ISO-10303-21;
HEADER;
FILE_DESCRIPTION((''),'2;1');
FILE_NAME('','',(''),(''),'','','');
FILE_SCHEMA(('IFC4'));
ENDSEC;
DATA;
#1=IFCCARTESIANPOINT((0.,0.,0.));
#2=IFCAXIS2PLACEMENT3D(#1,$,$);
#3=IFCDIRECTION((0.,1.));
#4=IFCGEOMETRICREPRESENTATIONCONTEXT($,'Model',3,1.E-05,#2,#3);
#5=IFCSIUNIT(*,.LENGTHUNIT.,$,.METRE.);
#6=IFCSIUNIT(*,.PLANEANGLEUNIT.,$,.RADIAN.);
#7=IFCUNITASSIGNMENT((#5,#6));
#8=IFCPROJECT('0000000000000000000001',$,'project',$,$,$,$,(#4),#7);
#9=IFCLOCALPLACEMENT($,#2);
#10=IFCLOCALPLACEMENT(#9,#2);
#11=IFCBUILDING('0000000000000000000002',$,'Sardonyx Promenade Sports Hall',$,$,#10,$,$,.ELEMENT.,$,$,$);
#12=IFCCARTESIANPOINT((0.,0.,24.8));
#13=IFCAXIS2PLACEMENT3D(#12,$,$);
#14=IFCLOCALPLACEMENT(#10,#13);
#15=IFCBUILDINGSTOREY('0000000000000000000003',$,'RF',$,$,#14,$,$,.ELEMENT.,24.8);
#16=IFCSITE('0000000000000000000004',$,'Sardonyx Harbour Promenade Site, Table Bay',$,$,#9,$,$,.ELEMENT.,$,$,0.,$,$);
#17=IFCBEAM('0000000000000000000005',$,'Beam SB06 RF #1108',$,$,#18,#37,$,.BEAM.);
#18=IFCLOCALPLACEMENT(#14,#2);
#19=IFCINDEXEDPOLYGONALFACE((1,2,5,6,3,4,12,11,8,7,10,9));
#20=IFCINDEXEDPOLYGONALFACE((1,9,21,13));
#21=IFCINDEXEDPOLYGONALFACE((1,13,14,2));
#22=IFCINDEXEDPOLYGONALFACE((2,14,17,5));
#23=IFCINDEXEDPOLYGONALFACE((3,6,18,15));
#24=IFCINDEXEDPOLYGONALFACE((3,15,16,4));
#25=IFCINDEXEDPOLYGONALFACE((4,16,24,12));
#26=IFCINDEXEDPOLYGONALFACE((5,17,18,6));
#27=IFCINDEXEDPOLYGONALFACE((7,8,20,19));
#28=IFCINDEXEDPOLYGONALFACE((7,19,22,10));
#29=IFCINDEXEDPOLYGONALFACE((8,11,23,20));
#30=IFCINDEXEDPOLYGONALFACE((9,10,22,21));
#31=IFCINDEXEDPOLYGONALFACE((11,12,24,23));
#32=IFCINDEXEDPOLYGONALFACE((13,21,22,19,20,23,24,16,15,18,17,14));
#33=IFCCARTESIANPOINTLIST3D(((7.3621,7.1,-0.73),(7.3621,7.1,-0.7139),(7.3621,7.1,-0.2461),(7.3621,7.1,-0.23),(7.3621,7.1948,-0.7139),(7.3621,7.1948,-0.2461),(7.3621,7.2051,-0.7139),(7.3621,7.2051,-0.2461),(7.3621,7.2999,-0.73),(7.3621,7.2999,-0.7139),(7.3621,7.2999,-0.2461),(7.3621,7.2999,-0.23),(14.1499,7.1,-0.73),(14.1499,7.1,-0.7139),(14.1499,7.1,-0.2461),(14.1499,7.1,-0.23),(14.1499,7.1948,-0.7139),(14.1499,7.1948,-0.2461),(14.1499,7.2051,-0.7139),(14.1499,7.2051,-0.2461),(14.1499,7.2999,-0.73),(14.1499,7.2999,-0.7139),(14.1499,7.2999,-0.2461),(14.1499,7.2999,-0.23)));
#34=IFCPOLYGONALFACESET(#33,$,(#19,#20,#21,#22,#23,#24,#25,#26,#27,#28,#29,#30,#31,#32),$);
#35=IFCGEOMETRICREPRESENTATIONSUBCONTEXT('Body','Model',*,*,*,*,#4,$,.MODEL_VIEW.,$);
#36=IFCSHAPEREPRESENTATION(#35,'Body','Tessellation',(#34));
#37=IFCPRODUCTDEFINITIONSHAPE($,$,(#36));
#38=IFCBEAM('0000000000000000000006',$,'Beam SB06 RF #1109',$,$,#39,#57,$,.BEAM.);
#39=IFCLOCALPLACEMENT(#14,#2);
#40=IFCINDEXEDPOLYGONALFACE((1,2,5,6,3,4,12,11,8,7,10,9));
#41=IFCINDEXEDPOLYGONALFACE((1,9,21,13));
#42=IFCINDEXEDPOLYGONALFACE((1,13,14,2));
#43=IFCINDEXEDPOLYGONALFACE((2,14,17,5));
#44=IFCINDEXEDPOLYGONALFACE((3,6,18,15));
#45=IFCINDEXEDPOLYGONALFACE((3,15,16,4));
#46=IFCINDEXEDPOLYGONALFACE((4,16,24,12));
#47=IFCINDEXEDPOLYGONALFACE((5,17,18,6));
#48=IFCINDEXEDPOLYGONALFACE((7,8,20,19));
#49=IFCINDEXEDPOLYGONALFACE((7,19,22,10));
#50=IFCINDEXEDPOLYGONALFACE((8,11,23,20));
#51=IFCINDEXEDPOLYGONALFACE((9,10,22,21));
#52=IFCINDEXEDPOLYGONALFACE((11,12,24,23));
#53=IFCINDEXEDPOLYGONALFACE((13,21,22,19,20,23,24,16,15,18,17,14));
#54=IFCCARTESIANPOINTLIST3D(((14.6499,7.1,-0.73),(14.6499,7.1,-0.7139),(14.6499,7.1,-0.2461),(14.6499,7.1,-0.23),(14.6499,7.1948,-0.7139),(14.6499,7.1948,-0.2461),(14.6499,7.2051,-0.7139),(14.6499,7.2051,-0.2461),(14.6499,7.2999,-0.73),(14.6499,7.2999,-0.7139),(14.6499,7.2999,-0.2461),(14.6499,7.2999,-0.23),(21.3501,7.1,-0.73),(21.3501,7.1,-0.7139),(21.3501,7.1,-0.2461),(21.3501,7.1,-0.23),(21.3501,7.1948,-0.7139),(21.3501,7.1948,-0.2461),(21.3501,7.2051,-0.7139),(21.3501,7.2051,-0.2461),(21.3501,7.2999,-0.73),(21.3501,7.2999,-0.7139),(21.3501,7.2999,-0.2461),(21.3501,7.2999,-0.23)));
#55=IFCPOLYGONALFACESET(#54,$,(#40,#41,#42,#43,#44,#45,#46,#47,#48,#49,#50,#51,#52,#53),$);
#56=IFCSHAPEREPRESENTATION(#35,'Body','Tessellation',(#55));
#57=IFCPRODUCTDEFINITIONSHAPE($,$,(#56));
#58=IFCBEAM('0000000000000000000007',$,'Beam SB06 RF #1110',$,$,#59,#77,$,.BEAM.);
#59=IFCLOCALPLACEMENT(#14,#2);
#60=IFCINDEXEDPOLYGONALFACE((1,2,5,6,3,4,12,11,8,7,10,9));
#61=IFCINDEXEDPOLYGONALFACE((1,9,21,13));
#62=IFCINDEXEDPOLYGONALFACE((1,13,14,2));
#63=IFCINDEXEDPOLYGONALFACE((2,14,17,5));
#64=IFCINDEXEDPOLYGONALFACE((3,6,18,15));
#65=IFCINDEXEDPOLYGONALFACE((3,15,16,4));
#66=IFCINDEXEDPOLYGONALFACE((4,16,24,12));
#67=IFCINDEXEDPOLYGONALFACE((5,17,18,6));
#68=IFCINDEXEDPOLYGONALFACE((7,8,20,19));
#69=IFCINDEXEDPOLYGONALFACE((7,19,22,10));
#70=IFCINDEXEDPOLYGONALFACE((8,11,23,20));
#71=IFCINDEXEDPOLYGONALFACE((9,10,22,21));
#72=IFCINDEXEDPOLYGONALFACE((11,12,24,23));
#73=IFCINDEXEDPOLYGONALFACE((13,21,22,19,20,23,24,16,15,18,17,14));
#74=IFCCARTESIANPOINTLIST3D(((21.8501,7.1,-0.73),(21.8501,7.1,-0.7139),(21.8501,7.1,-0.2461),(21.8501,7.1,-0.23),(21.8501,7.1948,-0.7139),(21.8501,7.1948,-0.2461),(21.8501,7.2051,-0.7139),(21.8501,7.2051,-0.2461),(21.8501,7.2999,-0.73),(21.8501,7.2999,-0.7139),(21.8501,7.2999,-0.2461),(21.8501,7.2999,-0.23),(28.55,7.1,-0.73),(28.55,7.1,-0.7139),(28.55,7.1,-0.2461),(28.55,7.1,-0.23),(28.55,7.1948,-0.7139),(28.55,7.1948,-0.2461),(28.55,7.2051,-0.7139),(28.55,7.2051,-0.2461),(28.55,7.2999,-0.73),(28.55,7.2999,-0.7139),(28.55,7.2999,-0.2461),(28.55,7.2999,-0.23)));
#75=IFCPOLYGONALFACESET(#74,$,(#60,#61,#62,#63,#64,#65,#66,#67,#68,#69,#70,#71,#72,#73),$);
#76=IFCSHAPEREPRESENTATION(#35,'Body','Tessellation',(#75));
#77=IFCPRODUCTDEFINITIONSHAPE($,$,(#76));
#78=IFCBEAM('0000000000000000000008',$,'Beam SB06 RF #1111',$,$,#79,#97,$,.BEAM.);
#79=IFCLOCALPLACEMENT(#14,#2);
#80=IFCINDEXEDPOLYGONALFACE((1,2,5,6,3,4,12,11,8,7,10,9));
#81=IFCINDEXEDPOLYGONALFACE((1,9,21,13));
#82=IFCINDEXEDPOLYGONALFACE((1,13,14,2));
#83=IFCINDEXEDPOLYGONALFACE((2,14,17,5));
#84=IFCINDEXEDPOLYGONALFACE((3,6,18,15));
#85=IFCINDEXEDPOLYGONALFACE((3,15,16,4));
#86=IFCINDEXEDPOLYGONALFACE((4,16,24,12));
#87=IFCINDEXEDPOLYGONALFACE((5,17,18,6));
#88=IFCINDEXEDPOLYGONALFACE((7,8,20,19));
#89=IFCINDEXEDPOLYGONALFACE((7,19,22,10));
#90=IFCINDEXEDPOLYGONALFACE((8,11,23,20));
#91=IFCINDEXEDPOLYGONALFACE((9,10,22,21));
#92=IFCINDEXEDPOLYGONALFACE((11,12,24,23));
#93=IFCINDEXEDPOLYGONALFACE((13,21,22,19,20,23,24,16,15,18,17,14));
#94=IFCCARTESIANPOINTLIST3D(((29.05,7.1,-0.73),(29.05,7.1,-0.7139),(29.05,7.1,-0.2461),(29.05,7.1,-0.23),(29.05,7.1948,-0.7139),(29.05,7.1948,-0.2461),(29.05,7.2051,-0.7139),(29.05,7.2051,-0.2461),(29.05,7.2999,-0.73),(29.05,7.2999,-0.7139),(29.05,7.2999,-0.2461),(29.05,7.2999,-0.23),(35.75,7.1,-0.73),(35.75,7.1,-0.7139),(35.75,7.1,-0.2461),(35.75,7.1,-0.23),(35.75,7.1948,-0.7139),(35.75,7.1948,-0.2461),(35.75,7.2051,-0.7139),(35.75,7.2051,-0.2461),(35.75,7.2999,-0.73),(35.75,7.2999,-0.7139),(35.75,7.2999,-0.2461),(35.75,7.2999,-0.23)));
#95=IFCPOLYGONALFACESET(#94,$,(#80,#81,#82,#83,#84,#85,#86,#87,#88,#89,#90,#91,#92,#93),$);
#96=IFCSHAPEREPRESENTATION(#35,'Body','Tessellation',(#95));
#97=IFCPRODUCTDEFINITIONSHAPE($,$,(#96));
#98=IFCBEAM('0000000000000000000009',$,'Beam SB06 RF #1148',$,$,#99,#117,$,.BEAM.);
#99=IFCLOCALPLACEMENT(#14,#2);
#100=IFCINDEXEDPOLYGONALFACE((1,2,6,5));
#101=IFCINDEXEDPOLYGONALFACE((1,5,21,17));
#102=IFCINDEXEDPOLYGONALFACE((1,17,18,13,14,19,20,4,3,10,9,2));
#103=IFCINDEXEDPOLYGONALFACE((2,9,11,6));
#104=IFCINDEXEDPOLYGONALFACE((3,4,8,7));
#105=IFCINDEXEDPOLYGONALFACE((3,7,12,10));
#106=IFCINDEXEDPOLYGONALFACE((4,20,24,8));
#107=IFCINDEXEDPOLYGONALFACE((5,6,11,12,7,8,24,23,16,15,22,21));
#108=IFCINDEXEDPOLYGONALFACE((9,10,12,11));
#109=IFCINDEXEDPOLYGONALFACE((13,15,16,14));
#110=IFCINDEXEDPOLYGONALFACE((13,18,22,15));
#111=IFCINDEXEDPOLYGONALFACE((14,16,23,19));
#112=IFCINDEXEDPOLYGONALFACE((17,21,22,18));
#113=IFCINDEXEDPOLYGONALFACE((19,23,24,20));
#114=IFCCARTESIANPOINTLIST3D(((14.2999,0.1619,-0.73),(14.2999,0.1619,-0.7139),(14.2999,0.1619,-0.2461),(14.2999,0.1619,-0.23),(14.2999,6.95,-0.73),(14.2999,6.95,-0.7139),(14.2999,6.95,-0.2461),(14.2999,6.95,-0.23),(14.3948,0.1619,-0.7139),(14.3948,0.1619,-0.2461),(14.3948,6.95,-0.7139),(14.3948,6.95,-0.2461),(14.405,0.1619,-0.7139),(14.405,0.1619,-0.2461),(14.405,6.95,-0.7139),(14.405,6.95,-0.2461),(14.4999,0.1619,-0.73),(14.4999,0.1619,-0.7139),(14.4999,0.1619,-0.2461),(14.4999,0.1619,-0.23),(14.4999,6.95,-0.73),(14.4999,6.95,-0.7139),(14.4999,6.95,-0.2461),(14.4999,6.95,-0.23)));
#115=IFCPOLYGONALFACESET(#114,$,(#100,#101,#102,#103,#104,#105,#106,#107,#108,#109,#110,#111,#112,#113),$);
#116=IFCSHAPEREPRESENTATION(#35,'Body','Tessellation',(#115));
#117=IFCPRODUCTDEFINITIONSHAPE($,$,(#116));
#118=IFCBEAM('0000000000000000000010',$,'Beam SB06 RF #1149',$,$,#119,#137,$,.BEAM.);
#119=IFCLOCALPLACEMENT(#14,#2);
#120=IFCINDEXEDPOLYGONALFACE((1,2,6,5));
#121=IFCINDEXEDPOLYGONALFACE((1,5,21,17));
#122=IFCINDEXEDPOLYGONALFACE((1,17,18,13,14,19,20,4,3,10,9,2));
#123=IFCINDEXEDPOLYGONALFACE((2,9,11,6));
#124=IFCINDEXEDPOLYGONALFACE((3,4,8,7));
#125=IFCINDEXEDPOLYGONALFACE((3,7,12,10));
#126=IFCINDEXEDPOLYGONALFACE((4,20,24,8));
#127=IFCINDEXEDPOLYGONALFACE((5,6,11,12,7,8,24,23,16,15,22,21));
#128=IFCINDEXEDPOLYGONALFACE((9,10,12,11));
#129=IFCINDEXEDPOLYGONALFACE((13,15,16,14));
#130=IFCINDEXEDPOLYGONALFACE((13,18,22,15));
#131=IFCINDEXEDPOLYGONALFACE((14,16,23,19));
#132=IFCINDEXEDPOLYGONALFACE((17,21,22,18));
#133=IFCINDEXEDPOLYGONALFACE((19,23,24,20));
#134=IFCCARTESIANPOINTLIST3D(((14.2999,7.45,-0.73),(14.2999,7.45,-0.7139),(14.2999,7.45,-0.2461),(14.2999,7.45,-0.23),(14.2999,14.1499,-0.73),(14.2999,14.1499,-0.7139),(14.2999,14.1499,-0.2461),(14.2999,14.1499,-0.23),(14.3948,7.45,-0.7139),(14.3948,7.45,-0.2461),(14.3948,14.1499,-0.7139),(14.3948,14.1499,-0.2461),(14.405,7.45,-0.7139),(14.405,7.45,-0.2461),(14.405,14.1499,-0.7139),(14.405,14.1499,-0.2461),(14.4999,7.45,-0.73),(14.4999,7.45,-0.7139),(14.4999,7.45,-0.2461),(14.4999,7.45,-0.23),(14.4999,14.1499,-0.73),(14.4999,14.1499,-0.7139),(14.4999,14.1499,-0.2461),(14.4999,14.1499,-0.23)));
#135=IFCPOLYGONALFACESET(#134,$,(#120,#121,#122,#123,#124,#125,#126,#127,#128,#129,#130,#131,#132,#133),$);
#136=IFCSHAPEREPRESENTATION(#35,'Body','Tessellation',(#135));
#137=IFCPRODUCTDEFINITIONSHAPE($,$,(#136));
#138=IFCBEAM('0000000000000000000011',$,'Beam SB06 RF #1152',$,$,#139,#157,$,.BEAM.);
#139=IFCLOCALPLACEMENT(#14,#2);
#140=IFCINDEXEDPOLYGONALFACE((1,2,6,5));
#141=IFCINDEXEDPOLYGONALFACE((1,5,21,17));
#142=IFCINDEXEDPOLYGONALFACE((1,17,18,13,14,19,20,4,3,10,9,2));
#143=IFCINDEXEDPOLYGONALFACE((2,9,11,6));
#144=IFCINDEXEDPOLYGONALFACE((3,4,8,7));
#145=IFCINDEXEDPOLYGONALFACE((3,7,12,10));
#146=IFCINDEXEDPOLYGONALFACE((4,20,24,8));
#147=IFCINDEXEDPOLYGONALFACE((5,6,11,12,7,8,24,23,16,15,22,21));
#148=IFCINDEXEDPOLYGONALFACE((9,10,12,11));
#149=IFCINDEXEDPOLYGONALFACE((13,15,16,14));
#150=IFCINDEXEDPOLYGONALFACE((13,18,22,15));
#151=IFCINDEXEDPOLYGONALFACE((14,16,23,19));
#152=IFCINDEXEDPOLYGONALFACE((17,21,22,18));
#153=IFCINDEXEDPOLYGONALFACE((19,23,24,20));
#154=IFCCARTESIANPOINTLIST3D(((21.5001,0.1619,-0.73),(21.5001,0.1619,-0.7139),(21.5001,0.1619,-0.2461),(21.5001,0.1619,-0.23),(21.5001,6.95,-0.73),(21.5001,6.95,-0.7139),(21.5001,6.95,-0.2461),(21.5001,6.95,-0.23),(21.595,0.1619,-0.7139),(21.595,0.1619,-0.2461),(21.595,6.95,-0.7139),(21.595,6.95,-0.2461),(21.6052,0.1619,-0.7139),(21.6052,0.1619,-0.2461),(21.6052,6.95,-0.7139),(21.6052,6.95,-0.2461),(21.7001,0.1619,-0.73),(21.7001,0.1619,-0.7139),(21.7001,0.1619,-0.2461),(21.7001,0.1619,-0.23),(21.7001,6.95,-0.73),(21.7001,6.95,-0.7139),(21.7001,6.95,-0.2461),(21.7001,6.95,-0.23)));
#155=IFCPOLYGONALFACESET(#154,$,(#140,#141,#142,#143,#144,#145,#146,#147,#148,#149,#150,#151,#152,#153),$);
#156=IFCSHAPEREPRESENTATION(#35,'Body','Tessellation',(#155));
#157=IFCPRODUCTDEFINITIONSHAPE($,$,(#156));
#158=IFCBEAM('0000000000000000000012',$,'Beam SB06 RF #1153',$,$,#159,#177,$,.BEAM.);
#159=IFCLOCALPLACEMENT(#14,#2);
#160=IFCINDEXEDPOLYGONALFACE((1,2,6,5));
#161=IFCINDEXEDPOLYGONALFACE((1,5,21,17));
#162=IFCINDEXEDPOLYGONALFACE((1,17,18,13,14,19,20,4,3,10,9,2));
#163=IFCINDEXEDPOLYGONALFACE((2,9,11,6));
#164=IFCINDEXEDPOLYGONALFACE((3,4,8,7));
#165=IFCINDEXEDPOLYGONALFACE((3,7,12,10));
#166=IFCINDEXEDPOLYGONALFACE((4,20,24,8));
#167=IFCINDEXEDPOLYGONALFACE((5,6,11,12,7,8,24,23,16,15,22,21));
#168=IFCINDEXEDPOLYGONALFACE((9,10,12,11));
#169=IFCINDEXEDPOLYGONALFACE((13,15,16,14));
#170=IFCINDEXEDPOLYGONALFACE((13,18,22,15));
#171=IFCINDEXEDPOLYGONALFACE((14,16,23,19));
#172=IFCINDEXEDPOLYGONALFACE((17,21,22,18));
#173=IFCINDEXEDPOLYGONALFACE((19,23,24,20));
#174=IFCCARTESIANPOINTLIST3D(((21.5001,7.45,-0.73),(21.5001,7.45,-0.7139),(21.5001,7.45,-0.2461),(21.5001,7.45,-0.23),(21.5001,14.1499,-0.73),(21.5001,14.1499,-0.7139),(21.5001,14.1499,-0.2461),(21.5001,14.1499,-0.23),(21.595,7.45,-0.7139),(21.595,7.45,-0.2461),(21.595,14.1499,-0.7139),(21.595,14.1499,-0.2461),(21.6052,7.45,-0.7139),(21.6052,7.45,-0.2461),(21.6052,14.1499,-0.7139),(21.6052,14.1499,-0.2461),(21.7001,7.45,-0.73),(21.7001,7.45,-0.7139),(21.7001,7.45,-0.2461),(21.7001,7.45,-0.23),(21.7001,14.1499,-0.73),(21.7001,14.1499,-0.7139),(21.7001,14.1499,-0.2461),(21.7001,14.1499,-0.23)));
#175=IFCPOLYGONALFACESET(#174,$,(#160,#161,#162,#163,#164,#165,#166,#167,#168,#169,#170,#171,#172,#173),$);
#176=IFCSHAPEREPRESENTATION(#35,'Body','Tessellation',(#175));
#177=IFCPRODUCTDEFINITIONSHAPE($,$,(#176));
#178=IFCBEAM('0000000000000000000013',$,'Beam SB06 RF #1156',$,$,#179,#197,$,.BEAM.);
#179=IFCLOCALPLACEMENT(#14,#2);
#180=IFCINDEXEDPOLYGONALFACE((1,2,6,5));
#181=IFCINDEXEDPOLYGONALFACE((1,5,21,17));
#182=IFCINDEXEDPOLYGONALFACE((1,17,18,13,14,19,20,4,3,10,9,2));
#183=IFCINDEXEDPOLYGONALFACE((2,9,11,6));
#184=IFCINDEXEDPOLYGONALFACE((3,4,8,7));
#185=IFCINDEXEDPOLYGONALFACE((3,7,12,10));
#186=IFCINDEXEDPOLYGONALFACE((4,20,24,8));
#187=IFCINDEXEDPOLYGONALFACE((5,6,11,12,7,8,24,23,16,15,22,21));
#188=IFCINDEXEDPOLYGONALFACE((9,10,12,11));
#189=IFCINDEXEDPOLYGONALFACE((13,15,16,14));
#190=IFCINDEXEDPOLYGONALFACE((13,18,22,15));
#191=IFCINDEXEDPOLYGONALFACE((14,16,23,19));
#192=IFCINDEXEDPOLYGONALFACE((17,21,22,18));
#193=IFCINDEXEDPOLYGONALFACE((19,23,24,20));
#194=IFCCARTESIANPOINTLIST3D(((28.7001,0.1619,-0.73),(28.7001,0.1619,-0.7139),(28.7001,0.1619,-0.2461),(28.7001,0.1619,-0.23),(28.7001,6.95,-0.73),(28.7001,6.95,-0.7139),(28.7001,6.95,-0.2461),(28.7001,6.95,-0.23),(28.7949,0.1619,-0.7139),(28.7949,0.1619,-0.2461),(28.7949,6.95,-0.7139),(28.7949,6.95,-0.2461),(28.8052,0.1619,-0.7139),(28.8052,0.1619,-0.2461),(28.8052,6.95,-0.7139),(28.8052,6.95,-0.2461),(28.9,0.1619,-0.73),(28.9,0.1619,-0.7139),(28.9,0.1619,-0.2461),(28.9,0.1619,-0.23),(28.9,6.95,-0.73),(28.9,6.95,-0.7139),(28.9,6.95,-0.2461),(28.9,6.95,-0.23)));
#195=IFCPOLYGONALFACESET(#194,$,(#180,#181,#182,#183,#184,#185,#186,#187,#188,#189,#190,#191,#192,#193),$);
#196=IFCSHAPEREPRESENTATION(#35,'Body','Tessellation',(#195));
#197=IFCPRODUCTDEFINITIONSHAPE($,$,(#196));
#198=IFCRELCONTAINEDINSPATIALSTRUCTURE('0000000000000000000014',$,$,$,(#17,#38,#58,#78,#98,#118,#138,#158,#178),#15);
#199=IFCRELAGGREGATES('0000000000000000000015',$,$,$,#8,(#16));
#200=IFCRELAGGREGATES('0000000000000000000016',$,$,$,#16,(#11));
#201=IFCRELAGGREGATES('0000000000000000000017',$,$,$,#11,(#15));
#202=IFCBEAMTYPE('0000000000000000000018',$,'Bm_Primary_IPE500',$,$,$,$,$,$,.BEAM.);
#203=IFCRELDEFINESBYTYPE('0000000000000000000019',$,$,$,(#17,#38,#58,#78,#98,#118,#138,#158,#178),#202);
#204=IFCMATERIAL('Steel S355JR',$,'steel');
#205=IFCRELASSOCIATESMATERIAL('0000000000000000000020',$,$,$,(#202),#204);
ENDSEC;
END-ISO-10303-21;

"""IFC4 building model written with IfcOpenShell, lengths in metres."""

from ifc_helpers import new_model, si_unit, direction, frame, origin, origin_2d, place, context, subcontext, project, spatial, i_section, extrude, material, material_profile, profile_set, type_object, element, save


model = new_model("IFC4")

# Units and contexts
model_context = context("Model", 3, precision=1e-05, world=origin(), true_north=direction((0.0, 1.0)))
body_context = subcontext(model_context, "Body", "Model", "MODEL_VIEW")
ifc_project = project(units=[si_unit("LENGTHUNIT", "METRE"), si_unit("PLANEANGLEUNIT", "RADIAN")], contexts=[model_context])

# Site, building, storey
site_placement = place(None, origin())
site = spatial("IfcSite", under=ifc_project, at=site_placement, Name="Sardonyx Harbour Promenade Site, Table Bay", CompositionType="ELEMENT", RefElevation=0.0)
building_placement = place(site_placement, origin())
building = spatial("IfcBuilding", under=site, at=building_placement, Name="Sardonyx Promenade Sports Hall", CompositionType="ELEMENT")
storey_placement = place(building_placement, frame((0.0, 0.0, 24.8)))
storey = spatial("IfcBuildingStorey", under=building, at=storey_placement, Name="RF", CompositionType="ELEMENT", Elevation=24.8)

# Beams
ifc_material_1 = material(Name="Steel S355JR", Category="steel")
ifc_material_profile_1 = material_profile(ifc_material_1, i_section(OverallWidth=0.2, OverallDepth=0.5, WebThickness=0.0103, FlangeThickness=0.0161, at=origin_2d()))
ifc_profile_set_1 = profile_set([ifc_material_profile_1], Name="Steel S355JR")
beam_type_1 = type_object("IfcBeamType", Name="Bm_Primary_IPE500", PredefinedType="BEAM", material=ifc_profile_set_1)
beam_1_placement = place(storey_placement, frame((7.3621, 7.2, -0.48), z_axis=(1.0, 0.0, 0.0), x_axis=(0.0, 1.0, 0.0)))
element("IfcBeam", 1, at=beam_1_placement, inside=storey, type_object=beam_type_1, Name="Beam SB06 RF #1108", PredefinedType="BEAM", context=body_context, shape_type="SweptSolid", body=[
    extrude(i_section(OverallWidth=0.2, OverallDepth=0.5, WebThickness=0.0103, FlangeThickness=0.0161, at=origin_2d()), origin(), (0.0, 0.0, 1.0), 6.7878),
])
beam_2_placement = place(storey_placement, frame((14.6499, 7.2, -0.48), z_axis=(1.0, 0.0, 0.0), x_axis=(0.0, 1.0, 0.0)))
element("IfcBeam", 2, at=beam_2_placement, inside=storey, type_object=beam_type_1, Name="Beam SB06 RF #1109", PredefinedType="BEAM", context=body_context, shape_type="SweptSolid", body=[
    extrude(i_section(OverallWidth=0.2, OverallDepth=0.5, WebThickness=0.0103, FlangeThickness=0.0161, at=origin_2d()), origin(), (0.0, 0.0, 1.0), 6.7002),
])
for number, where, z_axis, x_axis, name in (
    (3, (21.8501, 7.2, -0.48), (1.0, 0.0, 0.0), (0.0, 1.0, 0.0), "Beam SB06 RF #1110"),
    (4, (29.05, 7.2, -0.48), (1.0, 0.0, 0.0), (0.0, 1.0, 0.0), "Beam SB06 RF #1111"),
):
    element("IfcBeam", number, at=place(storey_placement, frame(where, z_axis=z_axis, x_axis=x_axis)), inside=storey, type_object=beam_type_1, Name=name, PredefinedType="BEAM", context=body_context, shape_type="SweptSolid", body=[
        extrude(i_section(OverallWidth=0.2, OverallDepth=0.5, WebThickness=0.0103, FlangeThickness=0.0161, at=origin_2d()), origin(), (0.0, 0.0, 1.0), 6.7),
    ])
beam_3_placement = place(storey_placement, frame((14.3999, 0.1619, -0.48), z_axis=(0.0, 1.0, 0.0), x_axis=(-1.0, 0.0, 0.0)))
element("IfcBeam", 5, at=beam_3_placement, inside=storey, type_object=beam_type_1, Name="Beam SB06 RF #1148", PredefinedType="BEAM", context=body_context, shape_type="SweptSolid", body=[
    extrude(i_section(OverallWidth=0.2, OverallDepth=0.5, WebThickness=0.0103, FlangeThickness=0.0161, at=origin_2d()), origin(), (0.0, 0.0, 1.0), 6.7881),
])
beam_4_placement = place(storey_placement, frame((14.3999, 7.45, -0.48), z_axis=(0.0, 1.0, 0.0), x_axis=(-1.0, 0.0, 0.0)))
element("IfcBeam", 6, at=beam_4_placement, inside=storey, type_object=beam_type_1, Name="Beam SB06 RF #1149", PredefinedType="BEAM", context=body_context, shape_type="SweptSolid", body=[
    extrude(i_section(OverallWidth=0.2, OverallDepth=0.5, WebThickness=0.0103, FlangeThickness=0.0161, at=origin_2d()), origin(), (0.0, 0.0, 1.0), 6.7),
])
beam_5_placement = place(storey_placement, frame((21.6001, 0.1619, -0.48), z_axis=(0.0, 1.0, 0.0), x_axis=(-1.0, 0.0, 0.0)))
element("IfcBeam", 7, at=beam_5_placement, inside=storey, type_object=beam_type_1, Name="Beam SB06 RF #1152", PredefinedType="BEAM", context=body_context, shape_type="SweptSolid", body=[
    extrude(i_section(OverallWidth=0.2, OverallDepth=0.5, WebThickness=0.0103, FlangeThickness=0.0161, at=origin_2d()), origin(), (0.0, 0.0, 1.0), 6.7881),
])
beam_6_placement = place(storey_placement, frame((21.6001, 7.45, -0.48), z_axis=(0.0, 1.0, 0.0), x_axis=(-1.0, 0.0, 0.0)))
element("IfcBeam", 8, at=beam_6_placement, inside=storey, type_object=beam_type_1, Name="Beam SB06 RF #1153", PredefinedType="BEAM", context=body_context, shape_type="SweptSolid", body=[
    extrude(i_section(OverallWidth=0.2, OverallDepth=0.5, WebThickness=0.0103, FlangeThickness=0.0161, at=origin_2d()), origin(), (0.0, 0.0, 1.0), 6.7),
])
beam_7_placement = place(storey_placement, frame((28.8, 0.1619, -0.48), z_axis=(0.0, 1.0, 0.0), x_axis=(-1.0, 0.0, 0.0)))
element("IfcBeam", 9, at=beam_7_placement, inside=storey, type_object=beam_type_1, Name="Beam SB06 RF #1156", PredefinedType="BEAM", context=body_context, shape_type="SweptSolid", body=[
    extrude(i_section(OverallWidth=0.2, OverallDepth=0.5, WebThickness=0.0103, FlangeThickness=0.0161, at=origin_2d()), origin(), (0.0, 0.0, 1.0), 6.7881),
])

save(model, "model.ifc")
